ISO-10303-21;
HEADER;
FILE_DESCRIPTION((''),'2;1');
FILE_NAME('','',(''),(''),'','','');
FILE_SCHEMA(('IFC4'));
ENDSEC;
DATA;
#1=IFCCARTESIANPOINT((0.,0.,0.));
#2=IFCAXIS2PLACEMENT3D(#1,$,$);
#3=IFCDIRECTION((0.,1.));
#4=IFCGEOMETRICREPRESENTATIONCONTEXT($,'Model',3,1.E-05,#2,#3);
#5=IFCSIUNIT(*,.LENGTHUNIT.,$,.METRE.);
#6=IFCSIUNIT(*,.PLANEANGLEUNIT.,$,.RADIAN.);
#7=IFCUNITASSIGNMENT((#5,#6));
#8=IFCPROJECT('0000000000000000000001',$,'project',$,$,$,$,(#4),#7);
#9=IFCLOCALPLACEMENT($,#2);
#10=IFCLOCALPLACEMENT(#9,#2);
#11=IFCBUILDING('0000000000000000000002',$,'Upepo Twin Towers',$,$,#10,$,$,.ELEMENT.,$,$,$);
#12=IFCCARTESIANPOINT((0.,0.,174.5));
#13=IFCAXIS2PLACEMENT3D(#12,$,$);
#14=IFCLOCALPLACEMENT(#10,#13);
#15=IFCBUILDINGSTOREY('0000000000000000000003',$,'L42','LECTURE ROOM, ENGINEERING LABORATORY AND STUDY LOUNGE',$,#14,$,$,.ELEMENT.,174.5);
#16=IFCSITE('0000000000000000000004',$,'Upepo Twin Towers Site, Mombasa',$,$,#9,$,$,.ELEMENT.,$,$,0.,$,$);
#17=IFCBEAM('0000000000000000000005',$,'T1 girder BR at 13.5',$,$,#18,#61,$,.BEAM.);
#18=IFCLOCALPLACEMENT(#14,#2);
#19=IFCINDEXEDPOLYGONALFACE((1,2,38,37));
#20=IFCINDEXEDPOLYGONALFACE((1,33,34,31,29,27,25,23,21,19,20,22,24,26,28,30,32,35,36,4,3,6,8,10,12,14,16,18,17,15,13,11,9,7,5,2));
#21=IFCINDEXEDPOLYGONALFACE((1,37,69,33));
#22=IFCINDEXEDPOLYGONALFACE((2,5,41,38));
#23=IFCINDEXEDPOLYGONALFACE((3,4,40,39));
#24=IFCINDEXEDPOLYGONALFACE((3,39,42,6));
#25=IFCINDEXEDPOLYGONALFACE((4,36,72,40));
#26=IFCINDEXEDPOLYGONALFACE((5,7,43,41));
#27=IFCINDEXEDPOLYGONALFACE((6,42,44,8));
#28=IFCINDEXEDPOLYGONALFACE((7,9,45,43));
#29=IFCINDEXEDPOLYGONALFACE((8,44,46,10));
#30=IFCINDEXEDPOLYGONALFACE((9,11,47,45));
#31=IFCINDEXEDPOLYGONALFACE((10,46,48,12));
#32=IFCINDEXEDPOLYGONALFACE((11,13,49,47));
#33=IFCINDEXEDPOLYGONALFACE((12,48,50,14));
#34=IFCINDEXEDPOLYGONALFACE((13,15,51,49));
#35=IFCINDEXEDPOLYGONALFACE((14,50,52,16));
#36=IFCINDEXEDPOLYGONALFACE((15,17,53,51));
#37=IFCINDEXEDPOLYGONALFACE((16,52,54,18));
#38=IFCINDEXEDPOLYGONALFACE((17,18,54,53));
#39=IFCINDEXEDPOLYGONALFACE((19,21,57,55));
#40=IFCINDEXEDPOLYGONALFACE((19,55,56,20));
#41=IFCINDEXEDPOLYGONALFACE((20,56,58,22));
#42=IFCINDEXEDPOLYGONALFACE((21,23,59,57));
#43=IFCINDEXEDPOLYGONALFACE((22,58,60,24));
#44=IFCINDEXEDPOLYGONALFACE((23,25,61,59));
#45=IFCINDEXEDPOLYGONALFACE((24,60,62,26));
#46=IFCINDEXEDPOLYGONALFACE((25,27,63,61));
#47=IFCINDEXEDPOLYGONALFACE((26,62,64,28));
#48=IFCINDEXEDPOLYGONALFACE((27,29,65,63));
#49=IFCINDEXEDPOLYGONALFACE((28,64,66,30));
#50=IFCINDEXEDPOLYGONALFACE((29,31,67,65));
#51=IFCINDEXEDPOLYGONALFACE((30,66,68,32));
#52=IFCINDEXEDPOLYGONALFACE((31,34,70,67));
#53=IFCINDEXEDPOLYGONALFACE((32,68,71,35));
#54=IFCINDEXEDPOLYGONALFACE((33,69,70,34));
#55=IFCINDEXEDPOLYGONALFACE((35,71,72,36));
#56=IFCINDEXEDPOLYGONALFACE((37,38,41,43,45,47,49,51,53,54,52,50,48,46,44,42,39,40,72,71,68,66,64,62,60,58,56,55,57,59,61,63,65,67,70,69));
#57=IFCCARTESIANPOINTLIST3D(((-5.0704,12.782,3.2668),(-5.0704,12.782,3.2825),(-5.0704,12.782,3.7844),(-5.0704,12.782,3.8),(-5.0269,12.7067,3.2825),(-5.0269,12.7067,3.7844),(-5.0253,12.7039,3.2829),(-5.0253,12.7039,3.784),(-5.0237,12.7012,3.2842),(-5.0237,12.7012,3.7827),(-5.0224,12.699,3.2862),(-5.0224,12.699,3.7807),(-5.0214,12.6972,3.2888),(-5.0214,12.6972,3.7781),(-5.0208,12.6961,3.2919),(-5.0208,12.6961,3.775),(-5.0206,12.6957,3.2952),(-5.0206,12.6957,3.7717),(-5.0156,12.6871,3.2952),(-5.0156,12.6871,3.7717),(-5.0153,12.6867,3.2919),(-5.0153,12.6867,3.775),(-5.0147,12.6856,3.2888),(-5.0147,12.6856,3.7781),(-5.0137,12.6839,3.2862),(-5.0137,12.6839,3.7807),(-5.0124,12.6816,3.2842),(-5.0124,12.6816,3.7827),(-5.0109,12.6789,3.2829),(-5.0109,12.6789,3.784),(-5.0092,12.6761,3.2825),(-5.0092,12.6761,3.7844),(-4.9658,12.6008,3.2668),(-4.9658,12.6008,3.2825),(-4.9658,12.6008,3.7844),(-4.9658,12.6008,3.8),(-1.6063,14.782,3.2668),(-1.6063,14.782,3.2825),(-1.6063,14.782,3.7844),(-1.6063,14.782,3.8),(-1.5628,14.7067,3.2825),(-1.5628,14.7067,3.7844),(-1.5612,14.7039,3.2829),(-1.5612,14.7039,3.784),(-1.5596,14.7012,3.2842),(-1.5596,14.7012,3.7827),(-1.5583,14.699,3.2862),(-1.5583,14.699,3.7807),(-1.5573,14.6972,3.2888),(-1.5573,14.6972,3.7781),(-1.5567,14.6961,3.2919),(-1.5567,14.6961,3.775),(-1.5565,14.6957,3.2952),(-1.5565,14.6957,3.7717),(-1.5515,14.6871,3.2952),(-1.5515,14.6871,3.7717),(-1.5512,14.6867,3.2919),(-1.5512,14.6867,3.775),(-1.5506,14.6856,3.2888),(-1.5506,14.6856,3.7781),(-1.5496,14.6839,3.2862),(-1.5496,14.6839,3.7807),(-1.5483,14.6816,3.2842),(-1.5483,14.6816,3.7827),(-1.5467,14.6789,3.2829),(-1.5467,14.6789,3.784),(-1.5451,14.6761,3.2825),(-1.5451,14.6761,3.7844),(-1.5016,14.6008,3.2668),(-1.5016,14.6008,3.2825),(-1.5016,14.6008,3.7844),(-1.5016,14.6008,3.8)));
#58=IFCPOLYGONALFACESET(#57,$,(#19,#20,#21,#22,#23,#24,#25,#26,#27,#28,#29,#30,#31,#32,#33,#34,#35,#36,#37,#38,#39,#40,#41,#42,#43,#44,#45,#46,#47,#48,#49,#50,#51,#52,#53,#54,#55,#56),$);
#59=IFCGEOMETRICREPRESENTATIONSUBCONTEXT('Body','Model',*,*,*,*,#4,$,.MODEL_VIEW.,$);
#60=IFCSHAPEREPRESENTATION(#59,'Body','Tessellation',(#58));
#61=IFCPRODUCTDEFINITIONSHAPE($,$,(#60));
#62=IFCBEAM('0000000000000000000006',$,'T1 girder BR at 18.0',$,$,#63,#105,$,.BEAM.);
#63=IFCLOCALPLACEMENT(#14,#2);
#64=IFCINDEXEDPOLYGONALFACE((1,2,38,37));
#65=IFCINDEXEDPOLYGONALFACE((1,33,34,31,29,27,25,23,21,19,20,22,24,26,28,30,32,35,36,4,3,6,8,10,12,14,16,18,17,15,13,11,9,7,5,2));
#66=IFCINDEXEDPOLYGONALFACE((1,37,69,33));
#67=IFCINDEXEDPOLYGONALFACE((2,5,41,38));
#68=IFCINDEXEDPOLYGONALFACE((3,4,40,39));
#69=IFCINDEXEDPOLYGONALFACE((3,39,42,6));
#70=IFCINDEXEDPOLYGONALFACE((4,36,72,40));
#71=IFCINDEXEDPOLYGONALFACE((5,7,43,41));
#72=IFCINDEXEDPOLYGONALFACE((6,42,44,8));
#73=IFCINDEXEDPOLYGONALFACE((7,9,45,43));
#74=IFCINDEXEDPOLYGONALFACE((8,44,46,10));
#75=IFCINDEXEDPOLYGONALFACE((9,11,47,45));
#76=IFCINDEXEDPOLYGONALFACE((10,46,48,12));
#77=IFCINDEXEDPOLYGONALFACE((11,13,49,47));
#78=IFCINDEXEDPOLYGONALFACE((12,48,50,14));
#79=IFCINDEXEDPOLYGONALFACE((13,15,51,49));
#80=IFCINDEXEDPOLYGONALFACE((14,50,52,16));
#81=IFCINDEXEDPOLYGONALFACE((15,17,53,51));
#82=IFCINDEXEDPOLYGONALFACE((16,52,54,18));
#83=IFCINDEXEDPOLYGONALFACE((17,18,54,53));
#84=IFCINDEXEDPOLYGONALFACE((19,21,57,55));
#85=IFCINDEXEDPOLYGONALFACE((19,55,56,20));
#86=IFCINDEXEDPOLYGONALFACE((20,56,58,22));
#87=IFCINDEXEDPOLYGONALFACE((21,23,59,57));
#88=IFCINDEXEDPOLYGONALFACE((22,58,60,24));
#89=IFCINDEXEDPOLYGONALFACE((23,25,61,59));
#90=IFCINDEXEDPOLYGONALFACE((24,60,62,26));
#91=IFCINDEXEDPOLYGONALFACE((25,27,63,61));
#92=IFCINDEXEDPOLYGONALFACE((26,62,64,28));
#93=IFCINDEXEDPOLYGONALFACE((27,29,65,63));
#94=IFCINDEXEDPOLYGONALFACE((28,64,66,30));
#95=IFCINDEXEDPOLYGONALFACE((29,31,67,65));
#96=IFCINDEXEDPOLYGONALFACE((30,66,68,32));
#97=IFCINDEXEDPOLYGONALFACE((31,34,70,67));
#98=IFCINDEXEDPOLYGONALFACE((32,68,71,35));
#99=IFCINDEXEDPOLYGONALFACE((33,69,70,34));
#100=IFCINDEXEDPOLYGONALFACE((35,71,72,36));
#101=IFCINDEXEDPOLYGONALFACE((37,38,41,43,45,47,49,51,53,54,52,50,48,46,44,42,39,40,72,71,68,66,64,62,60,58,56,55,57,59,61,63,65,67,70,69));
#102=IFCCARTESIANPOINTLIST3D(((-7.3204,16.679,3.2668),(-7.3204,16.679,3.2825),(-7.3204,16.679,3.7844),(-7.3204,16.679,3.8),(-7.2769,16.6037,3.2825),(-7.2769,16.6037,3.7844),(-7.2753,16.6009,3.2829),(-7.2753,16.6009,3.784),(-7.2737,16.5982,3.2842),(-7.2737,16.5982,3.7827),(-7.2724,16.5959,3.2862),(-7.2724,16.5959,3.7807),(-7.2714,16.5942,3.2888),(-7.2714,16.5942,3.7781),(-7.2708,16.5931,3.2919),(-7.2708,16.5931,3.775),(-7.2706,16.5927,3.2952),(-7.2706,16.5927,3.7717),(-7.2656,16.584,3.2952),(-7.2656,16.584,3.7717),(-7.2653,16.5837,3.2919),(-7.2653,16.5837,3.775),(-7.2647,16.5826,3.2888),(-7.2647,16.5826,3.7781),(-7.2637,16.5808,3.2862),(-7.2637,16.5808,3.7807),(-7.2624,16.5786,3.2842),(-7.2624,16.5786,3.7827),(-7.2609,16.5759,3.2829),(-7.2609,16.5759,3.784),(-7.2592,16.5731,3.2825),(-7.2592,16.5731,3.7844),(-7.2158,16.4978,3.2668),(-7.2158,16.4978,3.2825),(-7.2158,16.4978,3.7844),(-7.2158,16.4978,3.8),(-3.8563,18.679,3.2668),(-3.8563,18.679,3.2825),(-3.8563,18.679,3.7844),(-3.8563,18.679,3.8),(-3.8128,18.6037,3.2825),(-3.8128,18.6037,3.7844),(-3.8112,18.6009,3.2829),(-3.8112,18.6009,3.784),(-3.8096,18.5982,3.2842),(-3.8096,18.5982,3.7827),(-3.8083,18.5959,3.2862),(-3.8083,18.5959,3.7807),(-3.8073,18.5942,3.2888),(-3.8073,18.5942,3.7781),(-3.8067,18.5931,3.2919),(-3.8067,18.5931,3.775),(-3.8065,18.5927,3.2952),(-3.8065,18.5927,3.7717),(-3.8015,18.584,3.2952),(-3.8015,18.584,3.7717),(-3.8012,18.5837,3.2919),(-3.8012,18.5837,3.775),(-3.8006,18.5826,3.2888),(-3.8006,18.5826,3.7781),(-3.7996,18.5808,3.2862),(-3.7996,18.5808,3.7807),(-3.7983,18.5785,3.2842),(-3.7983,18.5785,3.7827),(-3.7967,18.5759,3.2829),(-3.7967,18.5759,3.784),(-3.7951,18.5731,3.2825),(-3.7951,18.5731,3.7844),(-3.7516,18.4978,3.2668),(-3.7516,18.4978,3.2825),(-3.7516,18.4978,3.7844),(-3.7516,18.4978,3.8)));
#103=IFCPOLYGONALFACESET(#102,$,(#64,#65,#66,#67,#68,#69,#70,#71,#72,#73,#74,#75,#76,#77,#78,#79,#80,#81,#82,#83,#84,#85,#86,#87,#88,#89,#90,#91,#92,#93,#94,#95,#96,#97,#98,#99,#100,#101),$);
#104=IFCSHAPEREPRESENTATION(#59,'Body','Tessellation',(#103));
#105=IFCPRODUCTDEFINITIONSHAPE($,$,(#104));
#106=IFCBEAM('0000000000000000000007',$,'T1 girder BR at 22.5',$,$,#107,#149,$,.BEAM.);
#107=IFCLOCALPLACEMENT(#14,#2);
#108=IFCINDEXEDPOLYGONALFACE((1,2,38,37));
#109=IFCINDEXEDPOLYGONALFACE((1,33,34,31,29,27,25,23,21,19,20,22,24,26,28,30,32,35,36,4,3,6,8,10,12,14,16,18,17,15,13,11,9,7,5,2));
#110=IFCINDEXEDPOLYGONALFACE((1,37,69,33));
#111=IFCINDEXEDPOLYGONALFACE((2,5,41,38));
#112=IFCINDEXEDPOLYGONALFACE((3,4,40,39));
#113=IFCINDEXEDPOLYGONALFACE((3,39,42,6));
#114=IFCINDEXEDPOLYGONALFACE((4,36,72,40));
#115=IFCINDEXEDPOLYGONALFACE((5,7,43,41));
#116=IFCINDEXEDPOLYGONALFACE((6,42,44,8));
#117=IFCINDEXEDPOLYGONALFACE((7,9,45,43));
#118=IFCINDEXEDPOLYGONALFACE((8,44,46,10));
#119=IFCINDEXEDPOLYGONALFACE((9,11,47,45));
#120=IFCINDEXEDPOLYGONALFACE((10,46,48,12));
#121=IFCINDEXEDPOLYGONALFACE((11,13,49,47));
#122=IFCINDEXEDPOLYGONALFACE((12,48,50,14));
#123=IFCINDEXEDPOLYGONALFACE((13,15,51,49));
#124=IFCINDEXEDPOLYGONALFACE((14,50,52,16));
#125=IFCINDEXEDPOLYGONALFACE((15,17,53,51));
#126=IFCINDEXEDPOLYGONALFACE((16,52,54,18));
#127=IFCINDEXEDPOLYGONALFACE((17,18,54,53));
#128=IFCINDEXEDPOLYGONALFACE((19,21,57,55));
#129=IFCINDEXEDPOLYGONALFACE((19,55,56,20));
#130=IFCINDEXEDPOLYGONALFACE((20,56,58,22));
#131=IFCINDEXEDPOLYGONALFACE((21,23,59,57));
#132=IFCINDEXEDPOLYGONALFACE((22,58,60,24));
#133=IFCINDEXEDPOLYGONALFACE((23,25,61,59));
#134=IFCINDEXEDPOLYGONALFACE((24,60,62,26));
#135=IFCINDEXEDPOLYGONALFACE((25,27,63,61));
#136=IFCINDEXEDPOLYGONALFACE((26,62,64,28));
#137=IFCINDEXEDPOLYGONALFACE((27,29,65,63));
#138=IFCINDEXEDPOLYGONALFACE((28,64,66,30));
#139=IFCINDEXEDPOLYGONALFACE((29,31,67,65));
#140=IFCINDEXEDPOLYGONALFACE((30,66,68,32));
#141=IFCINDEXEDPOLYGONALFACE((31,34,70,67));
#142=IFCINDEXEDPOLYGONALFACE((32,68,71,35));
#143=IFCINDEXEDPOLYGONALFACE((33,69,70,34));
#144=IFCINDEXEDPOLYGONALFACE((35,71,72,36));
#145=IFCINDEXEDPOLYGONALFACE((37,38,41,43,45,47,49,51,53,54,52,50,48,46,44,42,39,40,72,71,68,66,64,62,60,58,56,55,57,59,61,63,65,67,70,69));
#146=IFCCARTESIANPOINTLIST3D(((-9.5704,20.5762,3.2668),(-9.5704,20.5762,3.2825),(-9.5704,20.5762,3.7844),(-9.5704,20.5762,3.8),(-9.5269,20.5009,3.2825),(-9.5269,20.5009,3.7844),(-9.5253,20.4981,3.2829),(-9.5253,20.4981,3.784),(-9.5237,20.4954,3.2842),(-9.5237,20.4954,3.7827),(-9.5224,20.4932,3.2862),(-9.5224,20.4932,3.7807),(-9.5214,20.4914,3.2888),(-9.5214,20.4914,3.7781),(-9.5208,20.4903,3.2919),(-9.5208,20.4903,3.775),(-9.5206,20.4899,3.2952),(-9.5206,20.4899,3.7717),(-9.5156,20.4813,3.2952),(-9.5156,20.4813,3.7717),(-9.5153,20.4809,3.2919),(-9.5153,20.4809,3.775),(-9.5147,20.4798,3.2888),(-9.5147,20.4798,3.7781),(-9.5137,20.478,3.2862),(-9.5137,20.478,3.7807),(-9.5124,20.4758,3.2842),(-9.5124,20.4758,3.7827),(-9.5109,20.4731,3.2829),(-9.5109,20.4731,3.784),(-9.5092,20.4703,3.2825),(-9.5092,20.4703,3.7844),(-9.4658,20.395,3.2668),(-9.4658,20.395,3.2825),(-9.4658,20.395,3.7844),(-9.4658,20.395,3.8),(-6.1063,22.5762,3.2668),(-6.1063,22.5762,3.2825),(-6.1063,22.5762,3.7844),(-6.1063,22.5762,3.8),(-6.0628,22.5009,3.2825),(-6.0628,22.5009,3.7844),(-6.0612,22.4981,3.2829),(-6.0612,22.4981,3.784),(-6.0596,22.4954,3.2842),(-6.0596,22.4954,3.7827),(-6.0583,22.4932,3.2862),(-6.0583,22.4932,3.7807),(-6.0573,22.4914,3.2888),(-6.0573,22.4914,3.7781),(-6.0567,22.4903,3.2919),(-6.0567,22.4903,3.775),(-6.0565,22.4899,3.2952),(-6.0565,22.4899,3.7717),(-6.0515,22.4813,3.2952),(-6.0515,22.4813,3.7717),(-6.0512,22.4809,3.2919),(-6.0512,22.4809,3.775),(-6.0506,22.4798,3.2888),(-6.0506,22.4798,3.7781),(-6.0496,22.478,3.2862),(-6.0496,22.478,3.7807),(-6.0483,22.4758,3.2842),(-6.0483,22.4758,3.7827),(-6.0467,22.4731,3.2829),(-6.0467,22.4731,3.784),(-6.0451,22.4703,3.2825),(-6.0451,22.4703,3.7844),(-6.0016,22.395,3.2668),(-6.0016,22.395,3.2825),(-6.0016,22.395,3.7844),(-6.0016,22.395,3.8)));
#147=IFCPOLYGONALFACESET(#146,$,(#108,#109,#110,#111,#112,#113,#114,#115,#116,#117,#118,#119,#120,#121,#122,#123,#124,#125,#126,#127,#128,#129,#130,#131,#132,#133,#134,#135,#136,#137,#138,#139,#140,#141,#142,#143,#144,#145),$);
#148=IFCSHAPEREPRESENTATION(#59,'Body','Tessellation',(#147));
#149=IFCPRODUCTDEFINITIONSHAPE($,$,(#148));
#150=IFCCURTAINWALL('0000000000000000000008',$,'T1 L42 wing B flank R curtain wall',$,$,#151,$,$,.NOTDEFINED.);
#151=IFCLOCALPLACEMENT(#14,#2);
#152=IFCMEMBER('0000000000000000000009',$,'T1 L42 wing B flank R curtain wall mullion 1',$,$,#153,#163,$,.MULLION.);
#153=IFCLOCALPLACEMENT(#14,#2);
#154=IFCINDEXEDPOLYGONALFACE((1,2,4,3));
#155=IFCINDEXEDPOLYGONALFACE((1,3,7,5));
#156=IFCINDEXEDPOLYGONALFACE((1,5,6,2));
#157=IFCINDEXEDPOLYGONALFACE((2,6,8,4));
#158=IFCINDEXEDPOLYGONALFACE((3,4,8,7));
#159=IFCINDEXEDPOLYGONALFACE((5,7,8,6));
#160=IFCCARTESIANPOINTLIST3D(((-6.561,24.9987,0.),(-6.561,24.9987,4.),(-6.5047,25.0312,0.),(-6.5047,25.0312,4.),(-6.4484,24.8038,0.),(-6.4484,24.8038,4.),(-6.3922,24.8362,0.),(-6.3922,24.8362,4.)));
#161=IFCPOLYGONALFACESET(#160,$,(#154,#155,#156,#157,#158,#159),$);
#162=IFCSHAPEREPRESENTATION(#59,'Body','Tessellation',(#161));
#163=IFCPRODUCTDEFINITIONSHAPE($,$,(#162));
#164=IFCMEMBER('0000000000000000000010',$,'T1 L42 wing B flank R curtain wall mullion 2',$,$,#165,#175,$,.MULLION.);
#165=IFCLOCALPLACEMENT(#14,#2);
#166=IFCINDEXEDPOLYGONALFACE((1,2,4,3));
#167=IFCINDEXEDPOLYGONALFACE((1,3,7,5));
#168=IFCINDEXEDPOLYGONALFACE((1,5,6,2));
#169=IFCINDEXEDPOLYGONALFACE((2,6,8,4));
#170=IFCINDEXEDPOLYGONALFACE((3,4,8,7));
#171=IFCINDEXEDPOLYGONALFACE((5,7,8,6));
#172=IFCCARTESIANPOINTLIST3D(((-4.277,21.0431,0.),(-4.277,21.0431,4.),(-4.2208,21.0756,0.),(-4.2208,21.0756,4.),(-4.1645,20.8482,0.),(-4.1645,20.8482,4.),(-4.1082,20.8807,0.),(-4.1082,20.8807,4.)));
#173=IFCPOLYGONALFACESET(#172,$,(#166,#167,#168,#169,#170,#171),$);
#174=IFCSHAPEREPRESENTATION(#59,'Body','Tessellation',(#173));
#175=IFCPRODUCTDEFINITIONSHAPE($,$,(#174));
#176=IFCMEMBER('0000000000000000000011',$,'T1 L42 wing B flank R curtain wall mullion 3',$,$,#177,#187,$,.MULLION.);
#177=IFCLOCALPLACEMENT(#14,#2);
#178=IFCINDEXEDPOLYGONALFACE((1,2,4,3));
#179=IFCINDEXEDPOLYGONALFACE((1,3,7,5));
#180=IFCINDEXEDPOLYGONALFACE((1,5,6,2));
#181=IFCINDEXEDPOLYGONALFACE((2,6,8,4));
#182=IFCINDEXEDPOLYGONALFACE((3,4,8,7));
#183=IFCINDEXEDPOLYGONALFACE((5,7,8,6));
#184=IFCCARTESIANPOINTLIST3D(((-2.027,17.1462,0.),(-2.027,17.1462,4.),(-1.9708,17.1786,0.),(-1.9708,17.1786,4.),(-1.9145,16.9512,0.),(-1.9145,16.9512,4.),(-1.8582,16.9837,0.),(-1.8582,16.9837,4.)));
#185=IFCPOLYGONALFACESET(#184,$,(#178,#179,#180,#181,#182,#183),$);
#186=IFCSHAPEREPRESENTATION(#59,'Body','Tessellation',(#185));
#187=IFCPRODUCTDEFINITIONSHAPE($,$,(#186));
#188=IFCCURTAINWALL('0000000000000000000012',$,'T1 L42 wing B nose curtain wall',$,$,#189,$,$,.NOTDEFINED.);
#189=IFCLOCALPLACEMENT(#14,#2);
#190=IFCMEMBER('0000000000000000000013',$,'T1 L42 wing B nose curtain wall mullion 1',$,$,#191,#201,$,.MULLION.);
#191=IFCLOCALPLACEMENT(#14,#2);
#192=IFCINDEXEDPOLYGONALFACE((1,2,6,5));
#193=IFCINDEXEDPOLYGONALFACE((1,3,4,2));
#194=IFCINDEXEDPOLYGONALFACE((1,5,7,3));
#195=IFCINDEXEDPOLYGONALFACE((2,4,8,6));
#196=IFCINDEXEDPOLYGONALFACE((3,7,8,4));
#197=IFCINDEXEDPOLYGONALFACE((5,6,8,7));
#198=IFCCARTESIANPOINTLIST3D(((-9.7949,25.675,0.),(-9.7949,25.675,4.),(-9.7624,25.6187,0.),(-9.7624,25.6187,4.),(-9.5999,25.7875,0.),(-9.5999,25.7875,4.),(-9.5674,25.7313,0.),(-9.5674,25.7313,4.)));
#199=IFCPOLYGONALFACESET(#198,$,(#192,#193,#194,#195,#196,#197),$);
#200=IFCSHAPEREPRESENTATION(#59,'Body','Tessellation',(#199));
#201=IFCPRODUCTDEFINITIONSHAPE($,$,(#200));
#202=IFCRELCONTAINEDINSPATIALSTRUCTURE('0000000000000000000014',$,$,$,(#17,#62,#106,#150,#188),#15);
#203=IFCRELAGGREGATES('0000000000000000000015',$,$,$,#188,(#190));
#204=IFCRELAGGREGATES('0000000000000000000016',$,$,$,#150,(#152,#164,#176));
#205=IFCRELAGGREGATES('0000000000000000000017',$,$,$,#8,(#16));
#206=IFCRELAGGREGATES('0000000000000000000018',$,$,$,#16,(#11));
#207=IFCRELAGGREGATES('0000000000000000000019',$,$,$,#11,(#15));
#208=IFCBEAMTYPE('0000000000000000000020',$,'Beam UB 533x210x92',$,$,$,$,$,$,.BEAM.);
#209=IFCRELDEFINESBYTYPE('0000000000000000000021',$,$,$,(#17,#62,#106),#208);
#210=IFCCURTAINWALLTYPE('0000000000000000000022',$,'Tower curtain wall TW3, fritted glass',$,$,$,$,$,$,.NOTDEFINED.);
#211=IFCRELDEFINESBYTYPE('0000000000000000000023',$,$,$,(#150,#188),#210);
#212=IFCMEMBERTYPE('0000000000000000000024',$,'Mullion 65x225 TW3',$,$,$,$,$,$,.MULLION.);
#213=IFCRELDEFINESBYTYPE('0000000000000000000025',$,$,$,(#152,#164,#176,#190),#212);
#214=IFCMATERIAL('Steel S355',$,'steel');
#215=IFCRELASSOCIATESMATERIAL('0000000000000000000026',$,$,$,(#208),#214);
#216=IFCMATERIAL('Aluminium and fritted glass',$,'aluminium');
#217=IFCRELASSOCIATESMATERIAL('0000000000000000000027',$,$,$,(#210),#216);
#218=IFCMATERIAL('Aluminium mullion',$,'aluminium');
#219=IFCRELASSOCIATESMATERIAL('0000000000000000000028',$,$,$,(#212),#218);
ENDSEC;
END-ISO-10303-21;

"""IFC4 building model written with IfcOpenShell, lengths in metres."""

from ifc_helpers import new_model, si_unit, direction, frame, origin, origin_2d, place, context, subcontext, project, spatial, rectangle, i_section, extrude, material, material_profile, profile_set, type_object, element, aggregate, save


model = new_model("IFC4")

# Units and contexts
model_context = context("Model", 3, precision=1e-05, world=origin(), true_north=direction((0.0, 1.0)))
body_context = subcontext(model_context, "Body", "Model", "MODEL_VIEW")
ifc_project = project(units=[si_unit("LENGTHUNIT", "METRE"), si_unit("PLANEANGLEUNIT", "RADIAN")], contexts=[model_context])

# Site, building, storey
site_placement = place(None, origin())
site = spatial("IfcSite", under=ifc_project, at=site_placement, Name="Upepo Twin Towers Site, Mombasa", CompositionType="ELEMENT", RefElevation=0.0)
building_placement = place(site_placement, origin())
building = spatial("IfcBuilding", under=site, at=building_placement, Name="Upepo Twin Towers", CompositionType="ELEMENT")
storey_placement = place(building_placement, frame((0.0, 0.0, 174.5)))
storey = spatial("IfcBuildingStorey", under=building, at=storey_placement, Name="L42", Description="LECTURE ROOM, ENGINEERING LABORATORY AND STUDY LOUNGE", CompositionType="ELEMENT", Elevation=174.5)

# Beams
ifc_material_1 = material(Name="Steel S355", Category="steel")
ifc_material_profile_1 = material_profile(ifc_material_1, i_section(OverallWidth=0.2092, OverallDepth=0.5332, WebThickness=0.01, FlangeThickness=0.0156, FilletRadius=0.0127, at=origin_2d()), Name="UB 533x210x92")
ifc_profile_set_1 = profile_set([ifc_material_profile_1], Name="Steel S355")
beam_type_1 = type_object("IfcBeamType", Name="Beam UB 533x210x92", PredefinedType="BEAM", material=ifc_profile_set_1)
for number, where, z_axis, x_axis, name in (
    (1, (-1.554, 14.6914, 3.5334), (-0.866026, -0.499999, 0.0), (0.499999, -0.866026, 0.0), "T1 girder BR at 13.5"),
    (2, (-3.804, 18.5884, 3.5334), (-0.866026, -0.499999, 0.0), (0.499999, -0.866026, 0.0), "T1 girder BR at 18.0"),
    (3, (-6.054, 22.4856, 3.5334), (-0.866026, -0.499999, 0.0), (0.499999, -0.866026, 0.0), "T1 girder BR at 22.5"),
):
    element("IfcBeam", number, at=place(storey_placement, frame(where, z_axis=z_axis, x_axis=x_axis)), inside=storey, type_object=beam_type_1, Name=name, PredefinedType="BEAM", context=body_context, shape_type="SweptSolid", body=[
        extrude(i_section(OverallWidth=0.2092, OverallDepth=0.5332, WebThickness=0.01, FlangeThickness=0.0156, FilletRadius=0.0127, at=origin_2d()), origin(), (0.0, 0.0, 1.0), 4.0),
    ])

# Curtain wall, members
ifc_material_2 = material(Name="Aluminium and fritted glass", Category="aluminium")
curtain_wall_type = type_object("IfcCurtainWallType", Name="Tower curtain wall TW3, fritted glass", PredefinedType="NOTDEFINED", material=ifc_material_2)
curtain_wall_1_placement = place(storey_placement, origin())
curtain_wall_1 = element("IfcCurtainWall", 4, at=curtain_wall_1_placement, inside=storey, type_object=curtain_wall_type, Name="T1 L42 wing B flank R curtain wall", PredefinedType="NOTDEFINED")
ifc_material_3 = material(Name="Aluminium mullion", Category="aluminium")
ifc_material_profile_2 = material_profile(ifc_material_3, rectangle(XDim=0.0649, YDim=0.2251, at=origin_2d()), Name="MULLION 65x225")
ifc_profile_set_2 = profile_set([ifc_material_profile_2], Name="Aluminium mullion")
member_type_1 = type_object("IfcMemberType", Name="Mullion 65x225 TW3", PredefinedType="MULLION", material=ifc_profile_set_2)
member_1_placement = place(storey_placement, frame((-6.4766, 24.9175, 0.0), z_axis=(0.0, 0.0, 1.0), x_axis=(0.866025, 0.5, 0.0)))
member_1 = element("IfcMember", 5, at=member_1_placement, type_object=member_type_1, Name="T1 L42 wing B flank R curtain wall mullion 1", PredefinedType="MULLION", context=body_context, shape_type="SweptSolid", body=[
    extrude(rectangle(XDim=0.0649, YDim=0.2251, at=origin_2d()), origin(), (0.0, 0.0, 1.0), 4.0),
])
member_2_placement = place(storey_placement, frame((-4.1926, 20.9619, 0.0), z_axis=(0.0, 0.0, 1.0), x_axis=(0.866025, 0.5, 0.0)))
member_2 = element("IfcMember", 6, at=member_2_placement, type_object=member_type_1, Name="T1 L42 wing B flank R curtain wall mullion 2", PredefinedType="MULLION", context=body_context, shape_type="SweptSolid", body=[
    extrude(rectangle(XDim=0.0649, YDim=0.2251, at=origin_2d()), origin(), (0.0, 0.0, 1.0), 4.0),
])
member_3_placement = place(storey_placement, frame((-1.9426, 17.0649, 0.0), z_axis=(0.0, 0.0, 1.0), x_axis=(0.866025, 0.5, 0.0)))
member_3 = element("IfcMember", 7, at=member_3_placement, type_object=member_type_1, Name="T1 L42 wing B flank R curtain wall mullion 3", PredefinedType="MULLION", context=body_context, shape_type="SweptSolid", body=[
    extrude(rectangle(XDim=0.0649, YDim=0.2251, at=origin_2d()), origin(), (0.0, 0.0, 1.0), 4.0),
])

# Curtain wall, member
curtain_wall_2_placement = place(storey_placement, origin())
curtain_wall_2 = element("IfcCurtainWall", 8, at=curtain_wall_2_placement, inside=storey, type_object=curtain_wall_type, Name="T1 L42 wing B nose curtain wall", PredefinedType="NOTDEFINED")
member_4_placement = place(storey_placement, frame((-9.6812, 25.7031, 0.0), z_axis=(0.0, 0.0, 1.0), x_axis=(0.5, -0.866025, 0.0)))
member_4 = element("IfcMember", 9, at=member_4_placement, type_object=member_type_1, Name="T1 L42 wing B nose curtain wall mullion 1", PredefinedType="MULLION", context=body_context, shape_type="SweptSolid", body=[
    extrude(rectangle(XDim=0.0649, YDim=0.2251, at=origin_2d()), origin(), (0.0, 0.0, 1.0), 4.0),
])

aggregate(curtain_wall_2, [member_4])

aggregate(curtain_wall_1, [member_1, member_2, member_3])

save(model, "model.ifc")
